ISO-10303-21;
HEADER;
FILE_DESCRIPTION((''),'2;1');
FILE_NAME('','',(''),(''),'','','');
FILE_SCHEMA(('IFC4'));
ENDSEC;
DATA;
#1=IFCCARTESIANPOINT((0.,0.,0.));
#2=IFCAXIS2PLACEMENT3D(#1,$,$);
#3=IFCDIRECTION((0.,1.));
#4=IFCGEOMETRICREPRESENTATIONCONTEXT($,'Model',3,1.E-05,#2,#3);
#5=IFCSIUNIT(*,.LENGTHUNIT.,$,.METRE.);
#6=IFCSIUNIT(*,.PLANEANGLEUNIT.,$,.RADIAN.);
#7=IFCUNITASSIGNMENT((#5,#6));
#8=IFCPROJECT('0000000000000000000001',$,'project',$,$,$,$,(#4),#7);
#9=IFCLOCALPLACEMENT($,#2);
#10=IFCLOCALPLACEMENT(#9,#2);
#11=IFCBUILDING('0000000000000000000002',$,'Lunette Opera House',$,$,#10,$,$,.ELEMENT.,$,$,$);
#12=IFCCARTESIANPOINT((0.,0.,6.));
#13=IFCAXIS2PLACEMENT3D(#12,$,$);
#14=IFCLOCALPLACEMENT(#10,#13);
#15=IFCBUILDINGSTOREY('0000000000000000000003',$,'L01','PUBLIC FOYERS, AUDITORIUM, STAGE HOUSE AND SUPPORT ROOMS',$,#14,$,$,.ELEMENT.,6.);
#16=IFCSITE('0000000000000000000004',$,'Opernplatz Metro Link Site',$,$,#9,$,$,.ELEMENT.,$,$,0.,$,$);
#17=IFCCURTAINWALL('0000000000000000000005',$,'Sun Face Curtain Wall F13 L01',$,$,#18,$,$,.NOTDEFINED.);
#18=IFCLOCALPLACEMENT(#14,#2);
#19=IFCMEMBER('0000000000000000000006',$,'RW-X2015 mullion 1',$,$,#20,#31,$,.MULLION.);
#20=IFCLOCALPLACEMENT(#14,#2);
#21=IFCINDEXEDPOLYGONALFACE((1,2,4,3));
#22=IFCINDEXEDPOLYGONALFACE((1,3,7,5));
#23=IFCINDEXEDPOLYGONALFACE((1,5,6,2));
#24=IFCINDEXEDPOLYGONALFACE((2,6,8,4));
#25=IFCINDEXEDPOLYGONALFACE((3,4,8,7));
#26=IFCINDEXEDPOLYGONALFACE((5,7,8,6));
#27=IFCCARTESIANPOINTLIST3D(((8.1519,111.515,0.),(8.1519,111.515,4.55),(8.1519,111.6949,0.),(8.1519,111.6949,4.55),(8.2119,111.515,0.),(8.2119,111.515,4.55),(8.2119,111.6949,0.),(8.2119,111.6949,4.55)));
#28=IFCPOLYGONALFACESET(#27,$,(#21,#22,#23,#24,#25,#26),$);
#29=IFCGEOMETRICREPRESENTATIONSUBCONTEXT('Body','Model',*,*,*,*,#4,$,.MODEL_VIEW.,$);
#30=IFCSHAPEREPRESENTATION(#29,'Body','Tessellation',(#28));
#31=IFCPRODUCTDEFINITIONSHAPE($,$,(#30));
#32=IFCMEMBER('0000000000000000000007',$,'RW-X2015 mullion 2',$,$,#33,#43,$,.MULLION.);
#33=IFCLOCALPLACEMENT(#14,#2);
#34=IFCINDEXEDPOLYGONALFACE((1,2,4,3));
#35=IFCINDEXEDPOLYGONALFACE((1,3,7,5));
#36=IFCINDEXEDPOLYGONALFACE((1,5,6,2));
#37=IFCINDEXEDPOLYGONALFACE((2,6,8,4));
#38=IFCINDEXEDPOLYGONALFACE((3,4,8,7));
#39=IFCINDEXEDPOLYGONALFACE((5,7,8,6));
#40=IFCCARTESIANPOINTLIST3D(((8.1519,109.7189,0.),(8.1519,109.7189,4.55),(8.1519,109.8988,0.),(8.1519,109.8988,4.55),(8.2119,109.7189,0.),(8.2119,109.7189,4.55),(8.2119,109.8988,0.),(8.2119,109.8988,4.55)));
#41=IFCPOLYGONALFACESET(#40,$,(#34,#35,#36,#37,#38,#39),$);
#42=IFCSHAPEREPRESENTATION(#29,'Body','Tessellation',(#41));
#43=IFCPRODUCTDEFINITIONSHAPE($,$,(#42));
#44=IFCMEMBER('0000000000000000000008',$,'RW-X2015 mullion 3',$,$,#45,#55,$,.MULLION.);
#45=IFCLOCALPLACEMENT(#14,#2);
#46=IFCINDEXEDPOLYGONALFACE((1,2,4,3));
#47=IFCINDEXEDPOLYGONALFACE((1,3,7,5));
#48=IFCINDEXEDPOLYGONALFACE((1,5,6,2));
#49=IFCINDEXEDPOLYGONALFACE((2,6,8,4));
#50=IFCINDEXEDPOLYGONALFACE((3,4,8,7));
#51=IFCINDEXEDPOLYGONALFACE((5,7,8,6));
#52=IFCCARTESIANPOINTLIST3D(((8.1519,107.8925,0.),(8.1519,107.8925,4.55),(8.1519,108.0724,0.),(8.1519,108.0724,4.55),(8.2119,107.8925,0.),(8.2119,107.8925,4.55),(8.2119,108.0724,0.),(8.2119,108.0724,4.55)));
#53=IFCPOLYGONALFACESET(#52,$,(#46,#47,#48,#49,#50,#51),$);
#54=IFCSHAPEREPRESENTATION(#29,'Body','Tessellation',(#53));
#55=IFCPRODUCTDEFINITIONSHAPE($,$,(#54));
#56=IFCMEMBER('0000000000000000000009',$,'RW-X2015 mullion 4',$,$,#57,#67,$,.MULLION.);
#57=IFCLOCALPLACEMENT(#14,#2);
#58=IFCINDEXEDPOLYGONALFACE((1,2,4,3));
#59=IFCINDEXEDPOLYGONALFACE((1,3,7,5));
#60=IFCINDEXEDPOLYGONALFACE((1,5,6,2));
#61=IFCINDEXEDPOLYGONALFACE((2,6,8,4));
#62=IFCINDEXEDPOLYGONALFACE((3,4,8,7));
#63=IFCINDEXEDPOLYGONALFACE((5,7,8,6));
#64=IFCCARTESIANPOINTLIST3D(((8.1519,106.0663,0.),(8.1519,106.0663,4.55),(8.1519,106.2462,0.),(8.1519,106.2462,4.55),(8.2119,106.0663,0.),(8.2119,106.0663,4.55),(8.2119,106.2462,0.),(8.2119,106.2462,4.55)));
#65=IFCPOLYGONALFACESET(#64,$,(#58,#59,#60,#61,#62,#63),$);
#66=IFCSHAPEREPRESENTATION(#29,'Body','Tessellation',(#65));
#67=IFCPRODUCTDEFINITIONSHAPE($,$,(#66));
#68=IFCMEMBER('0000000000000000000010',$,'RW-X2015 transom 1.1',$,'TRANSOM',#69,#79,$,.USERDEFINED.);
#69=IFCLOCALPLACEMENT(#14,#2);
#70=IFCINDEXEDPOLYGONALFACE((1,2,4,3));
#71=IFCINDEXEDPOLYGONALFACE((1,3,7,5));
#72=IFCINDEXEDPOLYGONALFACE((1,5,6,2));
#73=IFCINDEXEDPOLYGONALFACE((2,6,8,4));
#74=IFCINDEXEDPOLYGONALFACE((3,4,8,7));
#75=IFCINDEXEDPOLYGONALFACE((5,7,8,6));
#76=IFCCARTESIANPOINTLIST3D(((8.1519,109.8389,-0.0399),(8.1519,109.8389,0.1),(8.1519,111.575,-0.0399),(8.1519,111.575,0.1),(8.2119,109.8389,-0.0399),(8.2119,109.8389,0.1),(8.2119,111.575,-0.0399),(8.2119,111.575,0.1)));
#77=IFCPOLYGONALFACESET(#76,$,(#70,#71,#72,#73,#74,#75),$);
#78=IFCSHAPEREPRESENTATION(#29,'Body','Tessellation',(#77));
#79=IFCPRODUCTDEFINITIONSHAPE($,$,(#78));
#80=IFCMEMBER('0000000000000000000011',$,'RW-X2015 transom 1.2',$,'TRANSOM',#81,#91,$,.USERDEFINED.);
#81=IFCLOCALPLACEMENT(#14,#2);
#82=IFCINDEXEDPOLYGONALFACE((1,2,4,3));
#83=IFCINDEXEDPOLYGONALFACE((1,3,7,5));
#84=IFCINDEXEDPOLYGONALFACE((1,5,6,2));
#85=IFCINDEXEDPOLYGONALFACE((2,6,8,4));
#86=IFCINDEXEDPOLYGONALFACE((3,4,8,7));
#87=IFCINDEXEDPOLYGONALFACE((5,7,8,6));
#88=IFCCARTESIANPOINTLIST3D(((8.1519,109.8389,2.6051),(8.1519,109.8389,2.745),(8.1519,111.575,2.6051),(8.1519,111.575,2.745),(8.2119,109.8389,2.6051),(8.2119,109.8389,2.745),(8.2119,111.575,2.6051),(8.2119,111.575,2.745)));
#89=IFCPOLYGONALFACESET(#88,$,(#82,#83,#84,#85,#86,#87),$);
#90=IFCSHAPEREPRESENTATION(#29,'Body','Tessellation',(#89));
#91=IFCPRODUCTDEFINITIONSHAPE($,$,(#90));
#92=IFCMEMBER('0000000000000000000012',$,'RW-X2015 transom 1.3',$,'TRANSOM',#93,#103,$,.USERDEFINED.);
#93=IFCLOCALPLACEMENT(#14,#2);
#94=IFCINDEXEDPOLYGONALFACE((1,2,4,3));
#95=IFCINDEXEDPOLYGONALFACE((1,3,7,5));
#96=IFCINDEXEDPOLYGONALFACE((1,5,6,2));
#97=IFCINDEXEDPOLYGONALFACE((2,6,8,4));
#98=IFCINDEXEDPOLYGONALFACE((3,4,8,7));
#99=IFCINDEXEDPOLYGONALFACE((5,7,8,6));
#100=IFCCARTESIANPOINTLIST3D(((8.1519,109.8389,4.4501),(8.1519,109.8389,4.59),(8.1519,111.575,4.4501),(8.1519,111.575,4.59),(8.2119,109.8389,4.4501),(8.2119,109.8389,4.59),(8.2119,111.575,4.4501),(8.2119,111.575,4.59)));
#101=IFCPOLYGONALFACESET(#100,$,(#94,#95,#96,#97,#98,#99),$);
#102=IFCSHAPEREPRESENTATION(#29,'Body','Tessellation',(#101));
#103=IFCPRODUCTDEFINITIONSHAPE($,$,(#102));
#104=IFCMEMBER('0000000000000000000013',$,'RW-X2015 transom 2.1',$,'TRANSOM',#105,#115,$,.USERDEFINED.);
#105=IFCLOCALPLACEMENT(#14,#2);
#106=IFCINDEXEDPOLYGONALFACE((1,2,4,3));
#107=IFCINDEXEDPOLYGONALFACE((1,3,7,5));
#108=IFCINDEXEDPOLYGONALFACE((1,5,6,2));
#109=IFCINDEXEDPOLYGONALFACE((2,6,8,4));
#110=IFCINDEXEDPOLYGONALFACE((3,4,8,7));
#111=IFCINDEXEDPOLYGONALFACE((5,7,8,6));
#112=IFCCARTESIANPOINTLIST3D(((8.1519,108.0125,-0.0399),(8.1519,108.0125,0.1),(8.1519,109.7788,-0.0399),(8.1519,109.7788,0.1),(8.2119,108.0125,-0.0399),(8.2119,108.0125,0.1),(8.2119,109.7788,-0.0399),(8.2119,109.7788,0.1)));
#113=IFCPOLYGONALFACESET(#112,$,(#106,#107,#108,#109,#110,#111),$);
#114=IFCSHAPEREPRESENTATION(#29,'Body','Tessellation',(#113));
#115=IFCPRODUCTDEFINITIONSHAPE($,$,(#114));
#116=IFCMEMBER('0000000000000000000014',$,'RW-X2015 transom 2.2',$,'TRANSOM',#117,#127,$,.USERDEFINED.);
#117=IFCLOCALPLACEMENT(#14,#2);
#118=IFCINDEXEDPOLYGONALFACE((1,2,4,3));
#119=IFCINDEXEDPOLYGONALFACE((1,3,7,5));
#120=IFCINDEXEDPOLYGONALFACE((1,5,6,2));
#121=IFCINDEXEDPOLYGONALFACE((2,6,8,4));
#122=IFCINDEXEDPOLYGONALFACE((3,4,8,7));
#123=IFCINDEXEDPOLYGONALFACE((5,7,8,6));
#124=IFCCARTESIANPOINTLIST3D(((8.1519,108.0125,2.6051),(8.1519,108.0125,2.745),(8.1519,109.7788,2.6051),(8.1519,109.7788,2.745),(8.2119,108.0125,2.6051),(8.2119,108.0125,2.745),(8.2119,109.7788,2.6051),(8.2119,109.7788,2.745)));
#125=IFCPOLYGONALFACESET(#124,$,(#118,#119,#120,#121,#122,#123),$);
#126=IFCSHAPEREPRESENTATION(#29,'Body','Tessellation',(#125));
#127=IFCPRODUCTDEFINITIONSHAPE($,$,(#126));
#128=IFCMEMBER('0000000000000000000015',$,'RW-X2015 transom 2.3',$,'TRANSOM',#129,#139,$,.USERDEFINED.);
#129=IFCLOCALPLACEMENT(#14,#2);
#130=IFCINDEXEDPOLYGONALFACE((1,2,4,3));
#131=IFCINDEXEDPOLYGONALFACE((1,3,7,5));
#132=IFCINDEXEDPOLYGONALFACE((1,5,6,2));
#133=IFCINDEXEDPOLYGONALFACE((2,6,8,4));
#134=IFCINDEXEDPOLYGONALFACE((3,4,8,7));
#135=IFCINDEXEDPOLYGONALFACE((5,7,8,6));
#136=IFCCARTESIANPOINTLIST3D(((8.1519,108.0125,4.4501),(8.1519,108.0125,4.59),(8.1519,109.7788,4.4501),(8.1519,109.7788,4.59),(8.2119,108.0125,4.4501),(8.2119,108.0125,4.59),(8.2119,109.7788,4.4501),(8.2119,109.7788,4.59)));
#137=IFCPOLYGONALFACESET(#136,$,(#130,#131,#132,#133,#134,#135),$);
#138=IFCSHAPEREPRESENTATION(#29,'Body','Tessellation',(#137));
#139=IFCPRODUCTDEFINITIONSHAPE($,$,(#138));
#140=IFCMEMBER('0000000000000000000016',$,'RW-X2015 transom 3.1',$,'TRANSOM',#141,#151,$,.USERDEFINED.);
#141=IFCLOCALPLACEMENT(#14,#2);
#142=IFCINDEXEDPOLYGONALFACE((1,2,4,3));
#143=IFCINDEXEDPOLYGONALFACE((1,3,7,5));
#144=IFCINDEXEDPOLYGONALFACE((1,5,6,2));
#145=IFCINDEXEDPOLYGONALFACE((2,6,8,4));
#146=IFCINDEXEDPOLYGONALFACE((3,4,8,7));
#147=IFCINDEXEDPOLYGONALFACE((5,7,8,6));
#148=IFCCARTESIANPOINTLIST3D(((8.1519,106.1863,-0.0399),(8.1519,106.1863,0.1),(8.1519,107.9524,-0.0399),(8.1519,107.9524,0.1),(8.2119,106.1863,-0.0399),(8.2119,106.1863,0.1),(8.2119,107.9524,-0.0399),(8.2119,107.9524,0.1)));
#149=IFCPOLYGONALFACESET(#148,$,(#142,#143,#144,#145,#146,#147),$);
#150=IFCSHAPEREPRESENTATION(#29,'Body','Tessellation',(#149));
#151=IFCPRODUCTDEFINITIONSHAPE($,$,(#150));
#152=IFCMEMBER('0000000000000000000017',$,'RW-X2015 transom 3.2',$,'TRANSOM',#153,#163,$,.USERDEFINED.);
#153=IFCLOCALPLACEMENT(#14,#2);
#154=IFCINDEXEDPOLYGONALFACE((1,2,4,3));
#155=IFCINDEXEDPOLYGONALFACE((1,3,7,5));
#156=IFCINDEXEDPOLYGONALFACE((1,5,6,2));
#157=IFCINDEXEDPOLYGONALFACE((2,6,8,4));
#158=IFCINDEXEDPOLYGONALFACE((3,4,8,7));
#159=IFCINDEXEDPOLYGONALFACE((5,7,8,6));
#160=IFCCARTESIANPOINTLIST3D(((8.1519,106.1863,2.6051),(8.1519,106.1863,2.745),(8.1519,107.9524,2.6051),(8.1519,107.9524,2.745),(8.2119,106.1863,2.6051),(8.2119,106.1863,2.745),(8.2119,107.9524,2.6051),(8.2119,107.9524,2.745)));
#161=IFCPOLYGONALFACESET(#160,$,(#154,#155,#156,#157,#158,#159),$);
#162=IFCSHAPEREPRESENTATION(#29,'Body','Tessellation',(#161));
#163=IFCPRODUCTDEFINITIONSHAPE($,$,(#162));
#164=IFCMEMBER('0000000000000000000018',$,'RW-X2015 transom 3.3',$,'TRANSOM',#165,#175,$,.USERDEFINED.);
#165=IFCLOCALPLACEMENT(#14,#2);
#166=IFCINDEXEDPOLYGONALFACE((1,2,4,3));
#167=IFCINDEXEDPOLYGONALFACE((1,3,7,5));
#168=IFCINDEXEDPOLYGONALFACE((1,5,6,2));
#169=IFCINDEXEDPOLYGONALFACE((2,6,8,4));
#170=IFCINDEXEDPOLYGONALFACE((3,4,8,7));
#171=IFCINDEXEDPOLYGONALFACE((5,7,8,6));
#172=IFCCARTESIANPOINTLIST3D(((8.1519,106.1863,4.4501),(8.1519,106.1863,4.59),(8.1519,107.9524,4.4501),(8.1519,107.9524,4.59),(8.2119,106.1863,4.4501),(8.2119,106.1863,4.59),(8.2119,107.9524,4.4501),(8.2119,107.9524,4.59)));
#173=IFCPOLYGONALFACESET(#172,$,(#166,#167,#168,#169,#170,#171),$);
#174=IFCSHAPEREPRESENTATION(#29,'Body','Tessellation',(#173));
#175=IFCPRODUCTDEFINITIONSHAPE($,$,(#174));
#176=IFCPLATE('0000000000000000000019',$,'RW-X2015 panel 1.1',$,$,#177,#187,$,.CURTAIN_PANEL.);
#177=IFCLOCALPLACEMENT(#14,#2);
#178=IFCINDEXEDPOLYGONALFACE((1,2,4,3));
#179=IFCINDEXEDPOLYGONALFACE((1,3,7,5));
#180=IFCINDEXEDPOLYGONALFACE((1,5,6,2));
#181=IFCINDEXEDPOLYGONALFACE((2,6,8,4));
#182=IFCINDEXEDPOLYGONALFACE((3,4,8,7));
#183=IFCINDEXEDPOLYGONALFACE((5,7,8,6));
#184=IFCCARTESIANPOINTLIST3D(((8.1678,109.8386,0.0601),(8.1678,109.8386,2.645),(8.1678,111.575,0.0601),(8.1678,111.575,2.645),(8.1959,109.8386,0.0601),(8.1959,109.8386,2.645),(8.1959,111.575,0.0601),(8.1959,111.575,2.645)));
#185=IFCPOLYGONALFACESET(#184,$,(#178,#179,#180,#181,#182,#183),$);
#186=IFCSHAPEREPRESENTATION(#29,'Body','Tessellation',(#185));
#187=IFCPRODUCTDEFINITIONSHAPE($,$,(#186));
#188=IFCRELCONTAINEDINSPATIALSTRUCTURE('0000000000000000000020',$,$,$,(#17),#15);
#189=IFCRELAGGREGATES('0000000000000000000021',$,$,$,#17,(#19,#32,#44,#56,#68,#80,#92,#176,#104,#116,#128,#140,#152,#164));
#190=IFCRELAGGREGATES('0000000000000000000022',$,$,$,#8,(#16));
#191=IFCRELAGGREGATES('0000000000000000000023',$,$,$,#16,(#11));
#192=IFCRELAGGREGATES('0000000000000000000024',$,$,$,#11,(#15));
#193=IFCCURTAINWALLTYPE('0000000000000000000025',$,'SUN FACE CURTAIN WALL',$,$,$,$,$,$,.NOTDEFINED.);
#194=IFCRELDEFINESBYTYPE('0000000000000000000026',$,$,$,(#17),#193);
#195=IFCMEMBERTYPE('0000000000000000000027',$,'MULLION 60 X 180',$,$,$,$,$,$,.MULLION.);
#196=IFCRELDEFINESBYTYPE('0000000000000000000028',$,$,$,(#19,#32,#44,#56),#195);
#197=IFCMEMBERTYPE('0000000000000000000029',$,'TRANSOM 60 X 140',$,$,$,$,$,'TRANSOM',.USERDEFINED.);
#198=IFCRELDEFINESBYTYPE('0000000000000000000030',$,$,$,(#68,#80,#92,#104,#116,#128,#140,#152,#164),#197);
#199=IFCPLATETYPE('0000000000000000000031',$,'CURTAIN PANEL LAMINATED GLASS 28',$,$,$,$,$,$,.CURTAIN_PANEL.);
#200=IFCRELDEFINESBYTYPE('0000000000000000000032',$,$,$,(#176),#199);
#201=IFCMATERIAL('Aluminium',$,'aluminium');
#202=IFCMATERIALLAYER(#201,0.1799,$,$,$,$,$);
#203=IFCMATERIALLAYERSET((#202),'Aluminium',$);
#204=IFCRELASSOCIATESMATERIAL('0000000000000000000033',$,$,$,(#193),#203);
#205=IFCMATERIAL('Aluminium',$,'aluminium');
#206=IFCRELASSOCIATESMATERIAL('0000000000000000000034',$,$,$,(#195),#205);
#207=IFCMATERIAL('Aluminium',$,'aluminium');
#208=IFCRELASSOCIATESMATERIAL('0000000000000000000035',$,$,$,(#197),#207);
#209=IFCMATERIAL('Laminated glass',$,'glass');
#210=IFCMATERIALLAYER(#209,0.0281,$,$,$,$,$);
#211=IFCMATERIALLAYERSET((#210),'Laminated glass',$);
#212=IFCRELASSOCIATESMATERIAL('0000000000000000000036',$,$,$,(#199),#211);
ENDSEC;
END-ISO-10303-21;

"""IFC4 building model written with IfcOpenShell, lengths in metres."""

from ifc_helpers import new_model, si_unit, direction, frame, origin, origin_2d, place, context, subcontext, project, spatial, rectangle, extrude, material, layer, layer_set, material_profile, profile_set, type_object, element, aggregate, save


model = new_model("IFC4")

# Units and contexts
model_context = context("Model", 3, precision=1e-05, world=origin(), true_north=direction((0.0, 1.0)))
body_context = subcontext(model_context, "Body", "Model", "MODEL_VIEW")
ifc_project = project(units=[si_unit("LENGTHUNIT", "METRE"), si_unit("PLANEANGLEUNIT", "RADIAN")], contexts=[model_context])

# Site, building, storey
site_placement = place(None, origin())
site = spatial("IfcSite", under=ifc_project, at=site_placement, Name="Opernplatz Metro Link Site", CompositionType="ELEMENT", RefElevation=0.0)
building_placement = place(site_placement, origin())
building = spatial("IfcBuilding", under=site, at=building_placement, Name="Lunette Opera House", CompositionType="ELEMENT")
storey_placement = place(building_placement, frame((0.0, 0.0, 6.0)))
storey = spatial("IfcBuildingStorey", under=building, at=storey_placement, Name="L01", Description="PUBLIC FOYERS, AUDITORIUM, STAGE HOUSE AND SUPPORT ROOMS", CompositionType="ELEMENT", Elevation=6.0)

# Curtain wall, members, plate
ifc_material_1 = material(Name="Aluminium", Category="aluminium")
ifc_layer_1 = layer(ifc_material_1, 0.1799)
ifc_layer_set_1 = layer_set([ifc_layer_1], Name="Aluminium")
curtain_wall_type = type_object("IfcCurtainWallType", Name="SUN FACE CURTAIN WALL", PredefinedType="NOTDEFINED", material=ifc_layer_set_1)
curtain_wall_placement = place(storey_placement, origin())
curtain_wall = element("IfcCurtainWall", 1, at=curtain_wall_placement, inside=storey, type_object=curtain_wall_type, Name="Sun Face Curtain Wall F13 L01", PredefinedType="NOTDEFINED")
ifc_material_2 = material(Name="Aluminium", Category="aluminium")
ifc_material_profile_1 = material_profile(ifc_material_2, rectangle(XDim=0.0601, YDim=0.1799, at=origin_2d()), Name="MULLION 60 X 180")
ifc_profile_set_1 = profile_set([ifc_material_profile_1], Name="Aluminium")
member_type_1 = type_object("IfcMemberType", Name="MULLION 60 X 180", PredefinedType="MULLION", material=ifc_profile_set_1)
member_1_placement = place(storey_placement, frame((8.1819, 111.605, 0.0), z_axis=(0.0, 0.0, 1.0), x_axis=(1.0, 0.0, 0.0)))
member_1 = element("IfcMember", 2, at=member_1_placement, type_object=member_type_1, Name="RW-X2015 mullion 1", PredefinedType="MULLION", context=body_context, shape_type="SweptSolid", body=[
    extrude(rectangle(XDim=0.0601, YDim=0.1799, at=origin_2d()), origin(), (0.0, 0.0, 1.0), 4.55),
])
member_2_placement = place(storey_placement, frame((8.1819, 109.8088, 0.0), z_axis=(0.0, 0.0, 1.0), x_axis=(1.0, 0.0, 0.0)))
member_2 = element("IfcMember", 3, at=member_2_placement, type_object=member_type_1, Name="RW-X2015 mullion 2", PredefinedType="MULLION", context=body_context, shape_type="SweptSolid", body=[
    extrude(rectangle(XDim=0.0601, YDim=0.1799, at=origin_2d()), origin(), (0.0, 0.0, 1.0), 4.55),
])
member_3_placement = place(storey_placement, frame((8.1819, 107.9824, 0.0), z_axis=(0.0, 0.0, 1.0), x_axis=(1.0, 0.0, 0.0)))
member_3 = element("IfcMember", 4, at=member_3_placement, type_object=member_type_1, Name="RW-X2015 mullion 3", PredefinedType="MULLION", context=body_context, shape_type="SweptSolid", body=[
    extrude(rectangle(XDim=0.0601, YDim=0.1799, at=origin_2d()), origin(), (0.0, 0.0, 1.0), 4.55),
])
member_4_placement = place(storey_placement, frame((8.1819, 106.1562, 0.0), z_axis=(0.0, 0.0, 1.0), x_axis=(1.0, 0.0, 0.0)))
member_4 = element("IfcMember", 5, at=member_4_placement, type_object=member_type_1, Name="RW-X2015 mullion 4", PredefinedType="MULLION", context=body_context, shape_type="SweptSolid", body=[
    extrude(rectangle(XDim=0.0601, YDim=0.1799, at=origin_2d()), origin(), (0.0, 0.0, 1.0), 4.55),
])
ifc_material_3 = material(Name="Aluminium", Category="aluminium")
ifc_material_profile_2 = material_profile(ifc_material_3, rectangle(XDim=0.0601, YDim=0.1399, at=origin_2d()), Name="TRANSOM 60 X 140")
ifc_profile_set_2 = profile_set([ifc_material_profile_2], Name="Aluminium")
member_type_2 = type_object("IfcMemberType", Name="TRANSOM 60 X 140", ElementType="TRANSOM", PredefinedType="USERDEFINED", material=ifc_profile_set_2)
member_5_placement = place(storey_placement, frame((8.1819, 111.575, 0.03), z_axis=(0.0, -1.0, 0.0), x_axis=(1.0, 0.0, 0.0)))
member_5 = element("IfcMember", 6, at=member_5_placement, type_object=member_type_2, Name="RW-X2015 transom 1.1", ObjectType="TRANSOM", PredefinedType="USERDEFINED", context=body_context, shape_type="SweptSolid", body=[
    extrude(rectangle(XDim=0.0601, YDim=0.1399, at=origin_2d()), origin(), (0.0, 0.0, 1.0), 1.7361),
])
member_6_placement = place(storey_placement, frame((8.1819, 111.575, 2.675), z_axis=(0.0, -1.0, 0.0), x_axis=(1.0, 0.0, 0.0)))
member_6 = element("IfcMember", 7, at=member_6_placement, type_object=member_type_2, Name="RW-X2015 transom 1.2", ObjectType="TRANSOM", PredefinedType="USERDEFINED", context=body_context, shape_type="SweptSolid", body=[
    extrude(rectangle(XDim=0.0601, YDim=0.1399, at=origin_2d()), origin(), (0.0, 0.0, 1.0), 1.7361),
])
member_7_placement = place(storey_placement, frame((8.1819, 111.575, 4.52), z_axis=(0.0, -1.0, 0.0), x_axis=(1.0, 0.0, 0.0)))
member_7 = element("IfcMember", 8, at=member_7_placement, type_object=member_type_2, Name="RW-X2015 transom 1.3", ObjectType="TRANSOM", PredefinedType="USERDEFINED", context=body_context, shape_type="SweptSolid", body=[
    extrude(rectangle(XDim=0.0601, YDim=0.1399, at=origin_2d()), origin(), (0.0, 0.0, 1.0), 1.7361),
])
member_8_placement = place(storey_placement, frame((8.1819, 109.7788, 0.03), z_axis=(0.0, -1.0, 0.0), x_axis=(1.0, 0.0, 0.0)))
member_8 = element("IfcMember", 9, at=member_8_placement, type_object=member_type_2, Name="RW-X2015 transom 2.1", ObjectType="TRANSOM", PredefinedType="USERDEFINED", context=body_context, shape_type="SweptSolid", body=[
    extrude(rectangle(XDim=0.0601, YDim=0.1399, at=origin_2d()), origin(), (0.0, 0.0, 1.0), 1.7664),
])
member_9_placement = place(storey_placement, frame((8.1819, 109.7788, 2.675), z_axis=(0.0, -1.0, 0.0), x_axis=(1.0, 0.0, 0.0)))
member_9 = element("IfcMember", 10, at=member_9_placement, type_object=member_type_2, Name="RW-X2015 transom 2.2", ObjectType="TRANSOM", PredefinedType="USERDEFINED", context=body_context, shape_type="SweptSolid", body=[
    extrude(rectangle(XDim=0.0601, YDim=0.1399, at=origin_2d()), origin(), (0.0, 0.0, 1.0), 1.7664),
])
member_10_placement = place(storey_placement, frame((8.1819, 109.7788, 4.52), z_axis=(0.0, -1.0, 0.0), x_axis=(1.0, 0.0, 0.0)))
member_10 = element("IfcMember", 11, at=member_10_placement, type_object=member_type_2, Name="RW-X2015 transom 2.3", ObjectType="TRANSOM", PredefinedType="USERDEFINED", context=body_context, shape_type="SweptSolid", body=[
    extrude(rectangle(XDim=0.0601, YDim=0.1399, at=origin_2d()), origin(), (0.0, 0.0, 1.0), 1.7664),
])
member_11_placement = place(storey_placement, frame((8.1819, 107.9524, 0.03), z_axis=(0.0, -1.0, 0.0), x_axis=(1.0, 0.0, 0.0)))
member_11 = element("IfcMember", 12, at=member_11_placement, type_object=member_type_2, Name="RW-X2015 transom 3.1", ObjectType="TRANSOM", PredefinedType="USERDEFINED", context=body_context, shape_type="SweptSolid", body=[
    extrude(rectangle(XDim=0.0601, YDim=0.1399, at=origin_2d()), origin(), (0.0, 0.0, 1.0), 1.7661),
])
member_12_placement = place(storey_placement, frame((8.1819, 107.9524, 2.675), z_axis=(0.0, -1.0, 0.0), x_axis=(1.0, 0.0, 0.0)))
member_12 = element("IfcMember", 13, at=member_12_placement, type_object=member_type_2, Name="RW-X2015 transom 3.2", ObjectType="TRANSOM", PredefinedType="USERDEFINED", context=body_context, shape_type="SweptSolid", body=[
    extrude(rectangle(XDim=0.0601, YDim=0.1399, at=origin_2d()), origin(), (0.0, 0.0, 1.0), 1.7661),
])
member_13_placement = place(storey_placement, frame((8.1819, 107.9524, 4.52), z_axis=(0.0, -1.0, 0.0), x_axis=(1.0, 0.0, 0.0)))
member_13 = element("IfcMember", 14, at=member_13_placement, type_object=member_type_2, Name="RW-X2015 transom 3.3", ObjectType="TRANSOM", PredefinedType="USERDEFINED", context=body_context, shape_type="SweptSolid", body=[
    extrude(rectangle(XDim=0.0601, YDim=0.1399, at=origin_2d()), origin(), (0.0, 0.0, 1.0), 1.7661),
])
ifc_material_4 = material(Name="Laminated glass", Category="glass")
ifc_layer_2 = layer(ifc_material_4, 0.0281)
ifc_layer_set_2 = layer_set([ifc_layer_2], Name="Laminated glass")
plate_type = type_object("IfcPlateType", Name="CURTAIN PANEL LAMINATED GLASS 28", PredefinedType="CURTAIN_PANEL", material=ifc_layer_set_2)
plate_1_placement = place(storey_placement, frame((8.1819, 110.7068, 0.0601), z_axis=(0.0, 0.0, 1.0), x_axis=(0.0, -1.0, 0.0)))
plate_1 = element("IfcPlate", 15, at=plate_1_placement, type_object=plate_type, Name="RW-X2015 panel 1.1", PredefinedType="CURTAIN_PANEL", context=body_context, shape_type="SweptSolid", body=[
    extrude(rectangle(XDim=1.7363, YDim=0.0281, at=origin_2d()), origin(), (0.0, 0.0, 1.0), 2.585),
])
aggregate(curtain_wall, [member_1, member_2, member_3, member_4, member_5, member_6, member_7, plate_1, member_8, member_9, member_10, member_11, member_12, member_13])

save(model, "model.ifc")
